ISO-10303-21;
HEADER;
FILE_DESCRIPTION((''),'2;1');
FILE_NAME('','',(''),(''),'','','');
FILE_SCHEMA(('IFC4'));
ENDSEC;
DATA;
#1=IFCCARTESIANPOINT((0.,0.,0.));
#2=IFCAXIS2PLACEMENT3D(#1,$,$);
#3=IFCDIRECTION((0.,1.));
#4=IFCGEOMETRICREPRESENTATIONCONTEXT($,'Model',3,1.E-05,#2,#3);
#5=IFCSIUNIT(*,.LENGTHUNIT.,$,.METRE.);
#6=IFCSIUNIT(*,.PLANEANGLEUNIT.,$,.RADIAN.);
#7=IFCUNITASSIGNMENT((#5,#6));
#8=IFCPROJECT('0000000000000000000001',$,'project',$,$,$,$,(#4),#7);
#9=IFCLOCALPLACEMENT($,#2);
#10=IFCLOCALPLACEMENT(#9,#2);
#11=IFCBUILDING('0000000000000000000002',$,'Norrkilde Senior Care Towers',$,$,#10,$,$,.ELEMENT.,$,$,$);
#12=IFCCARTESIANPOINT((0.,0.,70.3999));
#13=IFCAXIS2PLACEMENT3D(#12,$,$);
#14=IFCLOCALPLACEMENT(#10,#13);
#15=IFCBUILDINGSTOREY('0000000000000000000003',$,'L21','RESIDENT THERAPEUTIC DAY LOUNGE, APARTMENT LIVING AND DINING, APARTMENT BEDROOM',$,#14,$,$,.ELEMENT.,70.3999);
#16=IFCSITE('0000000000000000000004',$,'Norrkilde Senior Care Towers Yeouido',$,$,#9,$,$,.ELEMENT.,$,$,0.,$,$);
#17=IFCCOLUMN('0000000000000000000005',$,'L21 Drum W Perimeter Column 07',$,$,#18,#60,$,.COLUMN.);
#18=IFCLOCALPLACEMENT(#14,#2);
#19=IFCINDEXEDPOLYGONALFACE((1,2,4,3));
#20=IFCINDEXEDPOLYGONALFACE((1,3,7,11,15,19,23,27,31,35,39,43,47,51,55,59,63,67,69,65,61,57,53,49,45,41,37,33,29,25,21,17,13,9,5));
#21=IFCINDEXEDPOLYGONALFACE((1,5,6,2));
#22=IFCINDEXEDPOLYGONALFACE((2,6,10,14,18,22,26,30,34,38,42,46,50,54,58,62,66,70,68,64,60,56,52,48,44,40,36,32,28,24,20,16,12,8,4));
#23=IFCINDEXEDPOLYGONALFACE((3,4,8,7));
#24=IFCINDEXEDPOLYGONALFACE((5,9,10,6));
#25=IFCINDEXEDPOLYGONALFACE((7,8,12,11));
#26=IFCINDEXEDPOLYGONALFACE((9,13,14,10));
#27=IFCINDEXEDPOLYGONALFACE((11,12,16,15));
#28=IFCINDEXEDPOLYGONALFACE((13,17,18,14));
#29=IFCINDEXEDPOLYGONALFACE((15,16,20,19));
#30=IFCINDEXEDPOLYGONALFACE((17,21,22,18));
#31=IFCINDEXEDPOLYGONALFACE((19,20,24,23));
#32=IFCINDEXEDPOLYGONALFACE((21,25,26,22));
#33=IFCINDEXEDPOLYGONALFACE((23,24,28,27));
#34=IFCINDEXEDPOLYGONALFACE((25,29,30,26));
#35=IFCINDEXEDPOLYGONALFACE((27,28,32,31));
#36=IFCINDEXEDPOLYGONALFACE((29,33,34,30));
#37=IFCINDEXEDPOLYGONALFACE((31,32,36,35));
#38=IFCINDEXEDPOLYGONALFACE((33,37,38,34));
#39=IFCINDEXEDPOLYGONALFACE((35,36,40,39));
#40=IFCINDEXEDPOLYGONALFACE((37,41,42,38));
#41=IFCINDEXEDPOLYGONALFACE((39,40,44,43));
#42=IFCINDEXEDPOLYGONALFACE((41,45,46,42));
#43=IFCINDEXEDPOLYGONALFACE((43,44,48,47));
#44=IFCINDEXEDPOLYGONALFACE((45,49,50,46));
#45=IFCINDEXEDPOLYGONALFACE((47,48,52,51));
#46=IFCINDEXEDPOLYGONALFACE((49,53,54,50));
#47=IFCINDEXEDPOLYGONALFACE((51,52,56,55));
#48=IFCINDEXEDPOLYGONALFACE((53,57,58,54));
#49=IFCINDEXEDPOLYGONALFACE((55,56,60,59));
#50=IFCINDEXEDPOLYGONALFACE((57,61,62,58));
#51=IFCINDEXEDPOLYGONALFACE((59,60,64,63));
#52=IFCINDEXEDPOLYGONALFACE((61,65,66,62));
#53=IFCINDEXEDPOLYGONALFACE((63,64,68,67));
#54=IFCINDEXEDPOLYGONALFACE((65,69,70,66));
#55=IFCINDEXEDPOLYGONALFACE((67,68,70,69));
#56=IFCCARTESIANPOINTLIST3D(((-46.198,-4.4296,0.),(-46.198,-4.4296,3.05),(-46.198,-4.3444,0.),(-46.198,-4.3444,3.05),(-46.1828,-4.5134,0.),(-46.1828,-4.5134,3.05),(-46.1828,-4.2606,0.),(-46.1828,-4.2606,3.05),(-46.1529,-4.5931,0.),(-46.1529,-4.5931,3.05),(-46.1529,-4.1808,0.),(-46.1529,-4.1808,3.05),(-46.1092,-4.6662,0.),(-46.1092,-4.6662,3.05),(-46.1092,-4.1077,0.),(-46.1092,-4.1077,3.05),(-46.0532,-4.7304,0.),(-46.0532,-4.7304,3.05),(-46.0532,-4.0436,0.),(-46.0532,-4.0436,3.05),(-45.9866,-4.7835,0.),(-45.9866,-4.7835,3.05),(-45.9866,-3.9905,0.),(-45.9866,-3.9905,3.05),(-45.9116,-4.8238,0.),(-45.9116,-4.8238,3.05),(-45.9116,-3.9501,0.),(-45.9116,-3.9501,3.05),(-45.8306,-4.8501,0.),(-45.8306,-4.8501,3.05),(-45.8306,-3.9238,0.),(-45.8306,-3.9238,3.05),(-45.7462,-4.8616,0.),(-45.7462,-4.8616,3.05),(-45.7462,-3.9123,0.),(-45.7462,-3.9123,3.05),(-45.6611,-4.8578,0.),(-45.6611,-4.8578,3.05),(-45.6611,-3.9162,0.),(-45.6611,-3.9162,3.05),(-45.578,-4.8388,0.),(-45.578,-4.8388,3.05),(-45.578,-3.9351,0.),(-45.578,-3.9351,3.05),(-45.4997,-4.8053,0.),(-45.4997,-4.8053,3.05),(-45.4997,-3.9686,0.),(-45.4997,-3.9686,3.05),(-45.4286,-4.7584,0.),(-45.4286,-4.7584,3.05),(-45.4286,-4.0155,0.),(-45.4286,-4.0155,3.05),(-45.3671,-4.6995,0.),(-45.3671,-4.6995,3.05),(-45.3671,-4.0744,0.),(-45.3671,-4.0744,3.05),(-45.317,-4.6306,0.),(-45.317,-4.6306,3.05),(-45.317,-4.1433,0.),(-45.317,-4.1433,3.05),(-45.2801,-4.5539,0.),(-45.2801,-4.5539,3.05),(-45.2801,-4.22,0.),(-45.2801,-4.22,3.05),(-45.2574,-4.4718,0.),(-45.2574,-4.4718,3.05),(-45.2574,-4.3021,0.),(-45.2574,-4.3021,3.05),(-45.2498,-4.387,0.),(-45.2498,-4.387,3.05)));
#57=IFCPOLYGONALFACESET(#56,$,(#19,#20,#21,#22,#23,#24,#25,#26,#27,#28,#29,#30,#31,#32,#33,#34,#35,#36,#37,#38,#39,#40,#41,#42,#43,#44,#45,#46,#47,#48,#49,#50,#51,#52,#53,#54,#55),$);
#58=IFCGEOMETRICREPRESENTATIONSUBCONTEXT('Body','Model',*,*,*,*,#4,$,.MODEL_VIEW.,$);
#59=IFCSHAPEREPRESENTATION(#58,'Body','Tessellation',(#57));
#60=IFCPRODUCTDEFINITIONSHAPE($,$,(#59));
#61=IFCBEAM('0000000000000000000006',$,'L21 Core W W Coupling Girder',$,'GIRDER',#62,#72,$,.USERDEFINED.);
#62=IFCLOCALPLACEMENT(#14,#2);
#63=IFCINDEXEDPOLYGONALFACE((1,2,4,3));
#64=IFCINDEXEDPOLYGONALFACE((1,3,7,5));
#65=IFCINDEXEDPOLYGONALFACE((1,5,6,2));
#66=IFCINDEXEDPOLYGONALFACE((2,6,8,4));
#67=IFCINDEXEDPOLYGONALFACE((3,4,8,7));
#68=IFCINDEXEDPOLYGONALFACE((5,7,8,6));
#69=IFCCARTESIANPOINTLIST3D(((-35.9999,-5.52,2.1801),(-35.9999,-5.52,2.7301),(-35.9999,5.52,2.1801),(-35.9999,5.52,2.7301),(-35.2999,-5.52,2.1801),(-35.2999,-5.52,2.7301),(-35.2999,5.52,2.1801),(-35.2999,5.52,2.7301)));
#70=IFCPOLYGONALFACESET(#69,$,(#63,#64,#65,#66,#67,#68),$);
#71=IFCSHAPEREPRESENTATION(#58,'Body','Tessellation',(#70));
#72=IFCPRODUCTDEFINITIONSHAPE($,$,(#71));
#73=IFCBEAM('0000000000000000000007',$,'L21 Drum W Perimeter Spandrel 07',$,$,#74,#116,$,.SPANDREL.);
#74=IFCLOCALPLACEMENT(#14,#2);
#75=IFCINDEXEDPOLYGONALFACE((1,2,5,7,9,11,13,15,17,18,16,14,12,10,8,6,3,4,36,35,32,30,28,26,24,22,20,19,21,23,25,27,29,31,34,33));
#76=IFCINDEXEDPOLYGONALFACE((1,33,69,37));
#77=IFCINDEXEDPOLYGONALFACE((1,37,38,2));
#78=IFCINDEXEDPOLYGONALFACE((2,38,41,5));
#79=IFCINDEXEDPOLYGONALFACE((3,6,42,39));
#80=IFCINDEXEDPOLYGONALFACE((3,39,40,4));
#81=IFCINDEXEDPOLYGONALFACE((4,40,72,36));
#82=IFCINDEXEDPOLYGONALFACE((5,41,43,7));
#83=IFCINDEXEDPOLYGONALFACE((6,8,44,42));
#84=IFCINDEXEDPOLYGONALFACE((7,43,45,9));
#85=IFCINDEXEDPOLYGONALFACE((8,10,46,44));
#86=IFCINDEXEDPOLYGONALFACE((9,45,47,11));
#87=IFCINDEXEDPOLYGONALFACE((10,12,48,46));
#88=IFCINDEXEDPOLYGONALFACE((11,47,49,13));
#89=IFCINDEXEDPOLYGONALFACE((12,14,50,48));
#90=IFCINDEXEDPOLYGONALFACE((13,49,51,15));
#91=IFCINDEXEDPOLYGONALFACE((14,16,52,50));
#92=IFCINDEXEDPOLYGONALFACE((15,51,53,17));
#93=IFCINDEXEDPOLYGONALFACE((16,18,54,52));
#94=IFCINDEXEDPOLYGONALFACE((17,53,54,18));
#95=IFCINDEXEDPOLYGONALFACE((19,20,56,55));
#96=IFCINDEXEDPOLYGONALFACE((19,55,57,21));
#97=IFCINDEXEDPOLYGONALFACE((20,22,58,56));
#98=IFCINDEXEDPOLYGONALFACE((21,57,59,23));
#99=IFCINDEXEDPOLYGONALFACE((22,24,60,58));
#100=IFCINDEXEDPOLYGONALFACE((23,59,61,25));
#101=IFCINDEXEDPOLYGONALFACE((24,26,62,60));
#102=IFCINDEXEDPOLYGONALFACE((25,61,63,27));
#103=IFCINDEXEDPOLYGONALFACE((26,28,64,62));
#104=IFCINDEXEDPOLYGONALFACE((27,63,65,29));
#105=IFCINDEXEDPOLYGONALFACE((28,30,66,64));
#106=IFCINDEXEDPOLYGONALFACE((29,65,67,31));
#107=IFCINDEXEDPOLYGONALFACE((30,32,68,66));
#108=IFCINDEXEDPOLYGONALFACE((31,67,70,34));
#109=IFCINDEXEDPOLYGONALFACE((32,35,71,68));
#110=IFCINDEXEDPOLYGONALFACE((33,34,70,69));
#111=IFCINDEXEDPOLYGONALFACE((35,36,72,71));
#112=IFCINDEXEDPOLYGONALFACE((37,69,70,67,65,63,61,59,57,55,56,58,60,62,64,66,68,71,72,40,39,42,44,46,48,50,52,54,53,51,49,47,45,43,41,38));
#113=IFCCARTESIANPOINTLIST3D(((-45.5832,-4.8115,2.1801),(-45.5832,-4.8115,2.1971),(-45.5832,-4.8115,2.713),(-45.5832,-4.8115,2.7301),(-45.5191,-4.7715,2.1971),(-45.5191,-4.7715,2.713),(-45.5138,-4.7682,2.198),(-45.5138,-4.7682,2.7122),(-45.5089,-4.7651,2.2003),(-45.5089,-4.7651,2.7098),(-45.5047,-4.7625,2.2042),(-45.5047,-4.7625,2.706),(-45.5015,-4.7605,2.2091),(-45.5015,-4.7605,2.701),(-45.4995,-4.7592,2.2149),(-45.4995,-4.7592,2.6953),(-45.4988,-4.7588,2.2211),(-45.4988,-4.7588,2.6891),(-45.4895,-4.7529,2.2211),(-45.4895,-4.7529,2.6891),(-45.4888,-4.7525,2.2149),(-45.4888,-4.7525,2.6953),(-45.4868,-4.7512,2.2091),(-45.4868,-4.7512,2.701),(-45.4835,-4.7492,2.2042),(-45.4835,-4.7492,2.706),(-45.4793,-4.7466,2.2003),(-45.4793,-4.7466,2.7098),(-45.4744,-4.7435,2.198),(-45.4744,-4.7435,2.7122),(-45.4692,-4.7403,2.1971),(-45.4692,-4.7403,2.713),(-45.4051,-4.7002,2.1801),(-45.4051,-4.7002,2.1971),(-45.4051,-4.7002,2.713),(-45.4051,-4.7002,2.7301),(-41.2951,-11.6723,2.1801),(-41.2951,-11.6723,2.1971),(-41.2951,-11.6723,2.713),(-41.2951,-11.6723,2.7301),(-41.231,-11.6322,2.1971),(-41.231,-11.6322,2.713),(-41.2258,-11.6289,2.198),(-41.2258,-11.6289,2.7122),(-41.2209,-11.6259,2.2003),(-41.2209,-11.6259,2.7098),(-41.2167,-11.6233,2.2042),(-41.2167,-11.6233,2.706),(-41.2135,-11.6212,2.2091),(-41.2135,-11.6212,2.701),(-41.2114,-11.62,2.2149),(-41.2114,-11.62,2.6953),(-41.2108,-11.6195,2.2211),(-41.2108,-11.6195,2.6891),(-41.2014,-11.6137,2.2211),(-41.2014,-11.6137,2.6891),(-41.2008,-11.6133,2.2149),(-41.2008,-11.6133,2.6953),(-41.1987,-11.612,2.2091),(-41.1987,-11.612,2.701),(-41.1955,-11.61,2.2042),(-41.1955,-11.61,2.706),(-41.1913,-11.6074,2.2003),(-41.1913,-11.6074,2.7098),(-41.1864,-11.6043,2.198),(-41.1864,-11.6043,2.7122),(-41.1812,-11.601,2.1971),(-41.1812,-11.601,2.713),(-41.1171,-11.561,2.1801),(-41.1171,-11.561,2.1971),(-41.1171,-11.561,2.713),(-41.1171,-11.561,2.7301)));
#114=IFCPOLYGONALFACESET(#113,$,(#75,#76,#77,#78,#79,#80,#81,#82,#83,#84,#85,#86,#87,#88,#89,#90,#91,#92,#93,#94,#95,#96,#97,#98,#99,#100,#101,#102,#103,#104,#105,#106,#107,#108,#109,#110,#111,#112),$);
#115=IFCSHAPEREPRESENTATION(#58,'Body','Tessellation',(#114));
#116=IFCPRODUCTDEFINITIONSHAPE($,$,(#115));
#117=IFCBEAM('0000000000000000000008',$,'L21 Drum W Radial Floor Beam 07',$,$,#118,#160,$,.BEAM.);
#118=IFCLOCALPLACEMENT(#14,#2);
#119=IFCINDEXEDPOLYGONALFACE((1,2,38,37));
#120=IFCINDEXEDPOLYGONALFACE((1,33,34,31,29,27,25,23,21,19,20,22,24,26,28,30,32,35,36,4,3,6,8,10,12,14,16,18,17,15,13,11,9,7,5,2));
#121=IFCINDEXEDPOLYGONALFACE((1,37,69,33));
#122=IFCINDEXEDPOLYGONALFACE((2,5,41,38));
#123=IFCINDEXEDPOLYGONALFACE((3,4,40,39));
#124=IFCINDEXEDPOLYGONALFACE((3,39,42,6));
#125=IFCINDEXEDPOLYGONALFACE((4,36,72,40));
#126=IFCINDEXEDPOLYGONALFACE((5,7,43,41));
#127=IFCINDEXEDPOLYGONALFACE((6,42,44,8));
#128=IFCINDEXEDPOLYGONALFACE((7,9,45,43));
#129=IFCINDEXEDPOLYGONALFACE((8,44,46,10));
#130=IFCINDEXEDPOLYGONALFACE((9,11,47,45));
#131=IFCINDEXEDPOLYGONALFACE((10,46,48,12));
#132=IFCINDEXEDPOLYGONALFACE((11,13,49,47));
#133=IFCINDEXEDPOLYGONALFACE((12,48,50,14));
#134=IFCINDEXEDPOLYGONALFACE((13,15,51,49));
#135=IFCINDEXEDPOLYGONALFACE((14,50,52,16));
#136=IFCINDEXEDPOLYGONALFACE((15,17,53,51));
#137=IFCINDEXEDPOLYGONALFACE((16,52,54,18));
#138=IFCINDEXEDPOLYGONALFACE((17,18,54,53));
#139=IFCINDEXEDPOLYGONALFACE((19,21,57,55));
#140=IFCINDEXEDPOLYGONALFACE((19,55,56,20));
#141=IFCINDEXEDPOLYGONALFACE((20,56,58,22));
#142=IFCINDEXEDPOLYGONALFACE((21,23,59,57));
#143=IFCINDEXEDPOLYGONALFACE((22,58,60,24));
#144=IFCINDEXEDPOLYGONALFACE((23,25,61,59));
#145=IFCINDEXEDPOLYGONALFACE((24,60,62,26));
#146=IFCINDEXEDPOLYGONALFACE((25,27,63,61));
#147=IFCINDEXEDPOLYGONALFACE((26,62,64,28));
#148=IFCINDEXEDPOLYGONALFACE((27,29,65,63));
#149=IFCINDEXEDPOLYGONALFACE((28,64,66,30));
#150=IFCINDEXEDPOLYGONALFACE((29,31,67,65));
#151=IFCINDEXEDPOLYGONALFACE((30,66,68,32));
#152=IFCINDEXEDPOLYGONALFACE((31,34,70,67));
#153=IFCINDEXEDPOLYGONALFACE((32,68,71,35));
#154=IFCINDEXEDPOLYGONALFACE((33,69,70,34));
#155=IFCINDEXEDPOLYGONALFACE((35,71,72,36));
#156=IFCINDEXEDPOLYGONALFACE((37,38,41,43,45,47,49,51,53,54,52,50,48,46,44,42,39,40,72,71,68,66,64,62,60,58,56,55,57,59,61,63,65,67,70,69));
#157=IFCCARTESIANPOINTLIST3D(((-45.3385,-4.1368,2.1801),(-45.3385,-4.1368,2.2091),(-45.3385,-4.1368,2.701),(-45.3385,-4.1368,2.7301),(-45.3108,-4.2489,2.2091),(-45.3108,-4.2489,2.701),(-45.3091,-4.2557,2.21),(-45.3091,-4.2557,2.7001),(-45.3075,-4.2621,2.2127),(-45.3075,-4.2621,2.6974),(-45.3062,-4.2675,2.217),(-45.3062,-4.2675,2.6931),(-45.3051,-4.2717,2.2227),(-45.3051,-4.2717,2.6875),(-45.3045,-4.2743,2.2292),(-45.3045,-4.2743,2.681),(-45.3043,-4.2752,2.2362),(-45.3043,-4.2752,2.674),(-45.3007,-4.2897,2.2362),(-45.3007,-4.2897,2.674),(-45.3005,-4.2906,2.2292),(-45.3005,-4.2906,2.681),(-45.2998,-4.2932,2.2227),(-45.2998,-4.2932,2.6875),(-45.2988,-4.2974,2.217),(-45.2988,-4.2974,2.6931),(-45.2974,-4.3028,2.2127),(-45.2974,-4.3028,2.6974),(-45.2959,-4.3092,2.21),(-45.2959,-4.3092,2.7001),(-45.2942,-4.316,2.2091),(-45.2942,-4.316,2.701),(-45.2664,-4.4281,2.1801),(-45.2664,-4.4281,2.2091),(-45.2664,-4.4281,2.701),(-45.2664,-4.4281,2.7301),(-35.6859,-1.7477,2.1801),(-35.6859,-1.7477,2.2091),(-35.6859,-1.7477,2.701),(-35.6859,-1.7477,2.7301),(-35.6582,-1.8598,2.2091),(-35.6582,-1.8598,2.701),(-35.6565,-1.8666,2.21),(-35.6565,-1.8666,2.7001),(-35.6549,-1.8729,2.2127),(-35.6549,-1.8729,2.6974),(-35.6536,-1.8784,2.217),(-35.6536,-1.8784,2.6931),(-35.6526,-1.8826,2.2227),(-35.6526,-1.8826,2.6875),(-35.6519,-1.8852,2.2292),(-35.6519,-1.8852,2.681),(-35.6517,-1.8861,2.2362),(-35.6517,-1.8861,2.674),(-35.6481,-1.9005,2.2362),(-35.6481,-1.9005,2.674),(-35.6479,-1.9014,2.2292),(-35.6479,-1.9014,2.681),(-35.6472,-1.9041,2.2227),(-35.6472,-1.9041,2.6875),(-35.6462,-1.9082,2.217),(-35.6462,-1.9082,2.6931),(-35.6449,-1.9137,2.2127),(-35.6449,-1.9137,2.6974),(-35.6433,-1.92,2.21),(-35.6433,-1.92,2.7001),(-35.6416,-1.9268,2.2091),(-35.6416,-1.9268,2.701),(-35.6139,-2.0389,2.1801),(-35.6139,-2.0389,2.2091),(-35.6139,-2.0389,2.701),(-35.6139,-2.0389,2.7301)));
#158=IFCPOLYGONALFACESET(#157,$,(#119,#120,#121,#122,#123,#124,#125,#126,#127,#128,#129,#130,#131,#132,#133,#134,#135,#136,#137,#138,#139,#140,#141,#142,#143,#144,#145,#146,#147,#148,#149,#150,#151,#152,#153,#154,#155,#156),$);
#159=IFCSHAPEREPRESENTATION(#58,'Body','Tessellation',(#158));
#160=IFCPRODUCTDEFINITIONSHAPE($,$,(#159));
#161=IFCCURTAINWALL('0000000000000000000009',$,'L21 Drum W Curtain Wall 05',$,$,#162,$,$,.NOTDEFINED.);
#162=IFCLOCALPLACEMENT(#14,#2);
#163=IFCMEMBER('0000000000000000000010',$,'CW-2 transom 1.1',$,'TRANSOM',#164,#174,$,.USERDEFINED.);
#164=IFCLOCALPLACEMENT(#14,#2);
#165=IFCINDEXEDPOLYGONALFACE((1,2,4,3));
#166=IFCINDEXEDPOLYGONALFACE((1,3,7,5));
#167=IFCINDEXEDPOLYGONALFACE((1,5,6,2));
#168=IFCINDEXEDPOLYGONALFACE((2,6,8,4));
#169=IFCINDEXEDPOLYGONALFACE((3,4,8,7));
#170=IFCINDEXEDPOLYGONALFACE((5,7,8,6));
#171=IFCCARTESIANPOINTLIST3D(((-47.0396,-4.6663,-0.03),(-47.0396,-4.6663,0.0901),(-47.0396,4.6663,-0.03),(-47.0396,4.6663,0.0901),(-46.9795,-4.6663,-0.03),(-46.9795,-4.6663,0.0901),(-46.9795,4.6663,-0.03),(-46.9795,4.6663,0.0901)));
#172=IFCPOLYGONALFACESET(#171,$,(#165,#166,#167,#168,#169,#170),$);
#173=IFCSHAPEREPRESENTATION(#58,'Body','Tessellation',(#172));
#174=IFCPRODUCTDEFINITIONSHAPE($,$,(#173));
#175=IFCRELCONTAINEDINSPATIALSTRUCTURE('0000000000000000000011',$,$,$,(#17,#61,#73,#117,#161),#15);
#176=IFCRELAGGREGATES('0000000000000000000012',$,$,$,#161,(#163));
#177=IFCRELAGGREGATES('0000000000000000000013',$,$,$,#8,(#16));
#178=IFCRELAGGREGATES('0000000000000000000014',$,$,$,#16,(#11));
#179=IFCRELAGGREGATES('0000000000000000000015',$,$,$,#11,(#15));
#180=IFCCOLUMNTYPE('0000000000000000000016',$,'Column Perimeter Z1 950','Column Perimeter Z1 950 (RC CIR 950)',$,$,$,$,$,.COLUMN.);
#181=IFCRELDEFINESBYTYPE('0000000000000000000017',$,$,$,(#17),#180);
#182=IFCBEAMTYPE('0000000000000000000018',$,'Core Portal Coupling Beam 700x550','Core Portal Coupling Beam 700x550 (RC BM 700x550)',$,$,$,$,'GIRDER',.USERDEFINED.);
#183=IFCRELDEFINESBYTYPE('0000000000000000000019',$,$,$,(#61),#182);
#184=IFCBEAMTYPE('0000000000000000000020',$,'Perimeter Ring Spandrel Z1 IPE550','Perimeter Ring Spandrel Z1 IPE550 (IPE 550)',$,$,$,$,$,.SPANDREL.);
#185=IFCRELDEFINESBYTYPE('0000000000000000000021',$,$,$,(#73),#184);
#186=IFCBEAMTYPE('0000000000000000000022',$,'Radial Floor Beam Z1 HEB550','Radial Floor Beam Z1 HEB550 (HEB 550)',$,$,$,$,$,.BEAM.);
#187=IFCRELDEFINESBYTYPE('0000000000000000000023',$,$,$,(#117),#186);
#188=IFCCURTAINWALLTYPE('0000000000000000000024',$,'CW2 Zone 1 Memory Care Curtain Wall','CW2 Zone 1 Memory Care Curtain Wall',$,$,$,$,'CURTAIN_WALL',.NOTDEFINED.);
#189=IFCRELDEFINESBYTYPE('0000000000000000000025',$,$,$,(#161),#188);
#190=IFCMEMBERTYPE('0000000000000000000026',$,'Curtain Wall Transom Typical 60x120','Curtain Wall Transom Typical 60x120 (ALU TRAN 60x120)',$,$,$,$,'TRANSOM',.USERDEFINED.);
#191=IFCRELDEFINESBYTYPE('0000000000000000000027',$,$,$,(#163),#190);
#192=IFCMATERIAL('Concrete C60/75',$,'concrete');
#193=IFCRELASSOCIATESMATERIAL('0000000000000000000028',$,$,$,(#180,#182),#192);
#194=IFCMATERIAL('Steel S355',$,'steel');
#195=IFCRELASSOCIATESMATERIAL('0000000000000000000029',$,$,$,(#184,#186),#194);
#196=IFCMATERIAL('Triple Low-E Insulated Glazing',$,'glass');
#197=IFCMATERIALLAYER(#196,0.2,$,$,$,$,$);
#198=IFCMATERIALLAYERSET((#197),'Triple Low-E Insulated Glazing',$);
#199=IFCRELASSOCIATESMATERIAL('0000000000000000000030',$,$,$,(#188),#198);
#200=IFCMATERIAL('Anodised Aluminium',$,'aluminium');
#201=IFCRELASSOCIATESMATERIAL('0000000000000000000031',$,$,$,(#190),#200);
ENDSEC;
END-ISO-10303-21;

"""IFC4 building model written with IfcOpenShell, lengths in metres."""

from ifc_helpers import new_model, si_unit, direction, frame, origin, origin_2d, place, context, subcontext, project, spatial, rectangle, circle, i_section, extrude, source, transform, mapped, material, layer, layer_set, material_profile, profile_set, type_object, type_shapes, element, aggregate, save


model = new_model("IFC4")

# Units and contexts
model_context = context("Model", 3, precision=1e-05, world=origin(), true_north=direction((0.0, 1.0)))
body_context = subcontext(model_context, "Body", "Model", "MODEL_VIEW")
ifc_project = project(units=[si_unit("LENGTHUNIT", "METRE"), si_unit("PLANEANGLEUNIT", "RADIAN")], contexts=[model_context])

# Site, building, storey
site_placement = place(None, origin())
site = spatial("IfcSite", under=ifc_project, at=site_placement, Name="Norrkilde Senior Care Towers Yeouido", CompositionType="ELEMENT", RefElevation=0.0)
building_placement = place(site_placement, origin())
building = spatial("IfcBuilding", under=site, at=building_placement, Name="Norrkilde Senior Care Towers", CompositionType="ELEMENT")
storey_placement = place(building_placement, frame((0.0, 0.0, 70.3999)))
storey = spatial("IfcBuildingStorey", under=building, at=storey_placement, Name="L21", Description="RESIDENT THERAPEUTIC DAY LOUNGE, APARTMENT LIVING AND DINING, APARTMENT BEDROOM", CompositionType="ELEMENT", Elevation=70.3999)

# Column
ifc_material_1 = material(Name="Concrete C60/75", Category="concrete")
ifc_material_profile_1 = material_profile(ifc_material_1, circle(Radius=0.4751, at=origin_2d()), Name="RC CIR 950")
ifc_profile_set_1 = profile_set([ifc_material_profile_1], Name="Concrete C60/75")
column_type = type_object("IfcColumnType", Name="Column Perimeter Z1 950", Description="Column Perimeter Z1 950 (RC CIR 950)", PredefinedType="COLUMN", material=ifc_profile_set_1)
shared_shape_1 = source(origin(), body_context, "Body", "SweptSolid", [
    extrude(circle(Radius=0.4751, at=origin_2d()), origin(), (0.0, 0.0, 1.0), 3.05),
])
type_shapes(column_type, [shared_shape_1])
column_placement = place(storey_placement, frame((-45.7249, -4.387, 0.0), z_axis=(0.0, 0.0, 1.0), x_axis=(1.0, 0.0, 0.0)))
element("IfcColumn", 1, at=column_placement, inside=storey, type_object=column_type, Name="L21 Drum W Perimeter Column 07", PredefinedType="COLUMN", context=body_context, shape_type="MappedRepresentation", body=[
    mapped(shared_shape_1, transform((0.0, 0.0, 0.0), x_axis=(1.0, 0.0, 0.0), y_axis=(0.0, 1.0, 0.0), z_axis=(0.0, 0.0, 1.0), scale=1.0)),
])

# Beams
ifc_material_profile_2 = material_profile(ifc_material_1, rectangle(XDim=0.7, YDim=0.55, at=origin_2d()), Name="RC BM 700x550")
ifc_profile_set_2 = profile_set([ifc_material_profile_2], Name="Concrete C60/75")
beam_type_1 = type_object("IfcBeamType", Name="Core Portal Coupling Beam 700x550", Description="Core Portal Coupling Beam 700x550 (RC BM 700x550)", ElementType="GIRDER", PredefinedType="USERDEFINED", material=ifc_profile_set_2)
shared_shape_2 = source(origin(), body_context, "Body", "SweptSolid", [
    extrude(rectangle(XDim=0.7, YDim=0.55, at=origin_2d()), origin(), (0.0, 0.0, 1.0), 11.04),
])
type_shapes(beam_type_1, [shared_shape_2])
beam_1_placement = place(storey_placement, frame((-35.6499, -5.52, 2.4551), z_axis=(0.0, 1.0, 0.0), x_axis=(-1.0, 0.0, 0.0)))
element("IfcBeam", 2, at=beam_1_placement, inside=storey, type_object=beam_type_1, Name="L21 Core W W Coupling Girder", ObjectType="GIRDER", PredefinedType="USERDEFINED", context=body_context, shape_type="MappedRepresentation", body=[
    mapped(shared_shape_2, transform((0.0, 0.0, 0.0), x_axis=(1.0, 0.0, 0.0), y_axis=(0.0, 1.0, 0.0), z_axis=(0.0, 0.0, 1.0), scale=1.0)),
])
ifc_material_2 = material(Name="Steel S355", Category="steel")
ifc_material_profile_3 = material_profile(ifc_material_2, i_section(OverallWidth=0.21, OverallDepth=0.55, WebThickness=0.011, FlangeThickness=0.0171, FilletRadius=0.0239, at=origin_2d()), Name="IPE 550")
ifc_profile_set_3 = profile_set([ifc_material_profile_3], Name="Steel S355")
beam_type_2 = type_object("IfcBeamType", Name="Perimeter Ring Spandrel Z1 IPE550", Description="Perimeter Ring Spandrel Z1 IPE550 (IPE 550)", PredefinedType="SPANDREL", material=ifc_profile_set_3)
shared_shape_3 = source(origin(), body_context, "Body", "SweptSolid", [
    extrude(i_section(OverallWidth=0.21, OverallDepth=0.55, WebThickness=0.011, FlangeThickness=0.0171, FilletRadius=0.0239, at=origin_2d()), origin(), (0.0, 0.0, 1.0), 8.0906),
])
type_shapes(beam_type_2, [shared_shape_3])
beam_2_placement = place(storey_placement, frame((-45.4941, -4.7559, 2.4551), z_axis=(0.530004, -0.847995, 0.0), x_axis=(0.847995, 0.530004, 0.0)))
element("IfcBeam", 3, at=beam_2_placement, inside=storey, type_object=beam_type_2, Name="L21 Drum W Perimeter Spandrel 07", PredefinedType="SPANDREL", context=body_context, shape_type="MappedRepresentation", body=[
    mapped(shared_shape_3, transform((0.0, 0.0, 0.0), x_axis=(1.0, 0.0, 0.0), y_axis=(0.0, 1.0, 0.0), z_axis=(0.0, 0.0, 1.0), scale=1.0)),
])
ifc_material_profile_4 = material_profile(ifc_material_2, i_section(OverallWidth=0.3, OverallDepth=0.55, WebThickness=0.0149, FlangeThickness=0.0291, FilletRadius=0.0271, at=origin_2d()), Name="HEB 550")
ifc_profile_set_4 = profile_set([ifc_material_profile_4], Name="Steel S355")
beam_type_3 = type_object("IfcBeamType", Name="Radial Floor Beam Z1 HEB550", Description="Radial Floor Beam Z1 HEB550 (HEB 550)", PredefinedType="BEAM", material=ifc_profile_set_4)
shared_shape_4 = source(origin(), body_context, "Body", "SweptSolid", [
    extrude(i_section(OverallWidth=0.3, OverallDepth=0.55, WebThickness=0.0149, FlangeThickness=0.0291, FilletRadius=0.0271, at=origin_2d()), origin(), (0.0, 0.0, 1.0), 9.9438),
])
type_shapes(beam_type_3, [shared_shape_4])
beam_3_placement = place(storey_placement, frame((-35.6499, -1.8933, 2.4551), z_axis=(-0.970707, -0.240265, 0.0), x_axis=(0.240265, -0.970707, 0.0)))
element("IfcBeam", 4, at=beam_3_placement, inside=storey, type_object=beam_type_3, Name="L21 Drum W Radial Floor Beam 07", PredefinedType="BEAM", context=body_context, shape_type="MappedRepresentation", body=[
    mapped(shared_shape_4, transform((0.0, 0.0, 0.0), x_axis=(1.0, 0.0, 0.0), y_axis=(0.0, 1.0, 0.0), z_axis=(0.0, 0.0, 1.0), scale=1.0)),
])

# Curtain wall, member
ifc_material_3 = material(Name="Triple Low-E Insulated Glazing", Category="glass")
ifc_layer_1 = layer(ifc_material_3, 0.2)
ifc_layer_set_1 = layer_set([ifc_layer_1], Name="Triple Low-E Insulated Glazing")
curtain_wall_type = type_object("IfcCurtainWallType", Name="CW2 Zone 1 Memory Care Curtain Wall", Description="CW2 Zone 1 Memory Care Curtain Wall", ElementType="CURTAIN_WALL", PredefinedType="NOTDEFINED", material=ifc_layer_set_1)
curtain_wall_1_placement = place(storey_placement, origin())
curtain_wall_1 = element("IfcCurtainWall", 5, at=curtain_wall_1_placement, inside=storey, type_object=curtain_wall_type, Name="L21 Drum W Curtain Wall 05", PredefinedType="NOTDEFINED")
ifc_material_4 = material(Name="Anodised Aluminium", Category="aluminium")
ifc_material_profile_5 = material_profile(ifc_material_4, rectangle(XDim=0.0601, YDim=0.1201, at=origin_2d()), Name="ALU TRAN 60x120")
ifc_profile_set_5 = profile_set([ifc_material_profile_5], Name="Anodised Aluminium")
member_type_1 = type_object("IfcMemberType", Name="Curtain Wall Transom Typical 60x120", Description="Curtain Wall Transom Typical 60x120 (ALU TRAN 60x120)", ElementType="TRANSOM", PredefinedType="USERDEFINED", material=ifc_profile_set_5)
shared_shape_5 = source(origin(), body_context, "Body", "SweptSolid", [
    extrude(rectangle(XDim=0.0601, YDim=0.1201, at=origin_2d()), origin(), (0.0, 0.0, 1.0), 9.3325),
])
type_shapes(member_type_1, [shared_shape_5])
member_1_placement = place(storey_placement, frame((-47.0095, -4.6663, 0.03), z_axis=(0.0, 1.0, 0.0), x_axis=(-1.0, 0.0, 0.0)))
member_1 = element("IfcMember", 6, at=member_1_placement, type_object=member_type_1, Name="CW-2 transom 1.1", ObjectType="TRANSOM", PredefinedType="USERDEFINED", context=body_context, shape_type="MappedRepresentation", body=[
    mapped(shared_shape_5, transform((0.0, 0.0, 0.0), x_axis=(1.0, 0.0, 0.0), y_axis=(0.0, 1.0, 0.0), z_axis=(0.0, 0.0, 1.0), scale=1.0)),
])
aggregate(curtain_wall_1, [member_1])

save(model, "model.ifc")
